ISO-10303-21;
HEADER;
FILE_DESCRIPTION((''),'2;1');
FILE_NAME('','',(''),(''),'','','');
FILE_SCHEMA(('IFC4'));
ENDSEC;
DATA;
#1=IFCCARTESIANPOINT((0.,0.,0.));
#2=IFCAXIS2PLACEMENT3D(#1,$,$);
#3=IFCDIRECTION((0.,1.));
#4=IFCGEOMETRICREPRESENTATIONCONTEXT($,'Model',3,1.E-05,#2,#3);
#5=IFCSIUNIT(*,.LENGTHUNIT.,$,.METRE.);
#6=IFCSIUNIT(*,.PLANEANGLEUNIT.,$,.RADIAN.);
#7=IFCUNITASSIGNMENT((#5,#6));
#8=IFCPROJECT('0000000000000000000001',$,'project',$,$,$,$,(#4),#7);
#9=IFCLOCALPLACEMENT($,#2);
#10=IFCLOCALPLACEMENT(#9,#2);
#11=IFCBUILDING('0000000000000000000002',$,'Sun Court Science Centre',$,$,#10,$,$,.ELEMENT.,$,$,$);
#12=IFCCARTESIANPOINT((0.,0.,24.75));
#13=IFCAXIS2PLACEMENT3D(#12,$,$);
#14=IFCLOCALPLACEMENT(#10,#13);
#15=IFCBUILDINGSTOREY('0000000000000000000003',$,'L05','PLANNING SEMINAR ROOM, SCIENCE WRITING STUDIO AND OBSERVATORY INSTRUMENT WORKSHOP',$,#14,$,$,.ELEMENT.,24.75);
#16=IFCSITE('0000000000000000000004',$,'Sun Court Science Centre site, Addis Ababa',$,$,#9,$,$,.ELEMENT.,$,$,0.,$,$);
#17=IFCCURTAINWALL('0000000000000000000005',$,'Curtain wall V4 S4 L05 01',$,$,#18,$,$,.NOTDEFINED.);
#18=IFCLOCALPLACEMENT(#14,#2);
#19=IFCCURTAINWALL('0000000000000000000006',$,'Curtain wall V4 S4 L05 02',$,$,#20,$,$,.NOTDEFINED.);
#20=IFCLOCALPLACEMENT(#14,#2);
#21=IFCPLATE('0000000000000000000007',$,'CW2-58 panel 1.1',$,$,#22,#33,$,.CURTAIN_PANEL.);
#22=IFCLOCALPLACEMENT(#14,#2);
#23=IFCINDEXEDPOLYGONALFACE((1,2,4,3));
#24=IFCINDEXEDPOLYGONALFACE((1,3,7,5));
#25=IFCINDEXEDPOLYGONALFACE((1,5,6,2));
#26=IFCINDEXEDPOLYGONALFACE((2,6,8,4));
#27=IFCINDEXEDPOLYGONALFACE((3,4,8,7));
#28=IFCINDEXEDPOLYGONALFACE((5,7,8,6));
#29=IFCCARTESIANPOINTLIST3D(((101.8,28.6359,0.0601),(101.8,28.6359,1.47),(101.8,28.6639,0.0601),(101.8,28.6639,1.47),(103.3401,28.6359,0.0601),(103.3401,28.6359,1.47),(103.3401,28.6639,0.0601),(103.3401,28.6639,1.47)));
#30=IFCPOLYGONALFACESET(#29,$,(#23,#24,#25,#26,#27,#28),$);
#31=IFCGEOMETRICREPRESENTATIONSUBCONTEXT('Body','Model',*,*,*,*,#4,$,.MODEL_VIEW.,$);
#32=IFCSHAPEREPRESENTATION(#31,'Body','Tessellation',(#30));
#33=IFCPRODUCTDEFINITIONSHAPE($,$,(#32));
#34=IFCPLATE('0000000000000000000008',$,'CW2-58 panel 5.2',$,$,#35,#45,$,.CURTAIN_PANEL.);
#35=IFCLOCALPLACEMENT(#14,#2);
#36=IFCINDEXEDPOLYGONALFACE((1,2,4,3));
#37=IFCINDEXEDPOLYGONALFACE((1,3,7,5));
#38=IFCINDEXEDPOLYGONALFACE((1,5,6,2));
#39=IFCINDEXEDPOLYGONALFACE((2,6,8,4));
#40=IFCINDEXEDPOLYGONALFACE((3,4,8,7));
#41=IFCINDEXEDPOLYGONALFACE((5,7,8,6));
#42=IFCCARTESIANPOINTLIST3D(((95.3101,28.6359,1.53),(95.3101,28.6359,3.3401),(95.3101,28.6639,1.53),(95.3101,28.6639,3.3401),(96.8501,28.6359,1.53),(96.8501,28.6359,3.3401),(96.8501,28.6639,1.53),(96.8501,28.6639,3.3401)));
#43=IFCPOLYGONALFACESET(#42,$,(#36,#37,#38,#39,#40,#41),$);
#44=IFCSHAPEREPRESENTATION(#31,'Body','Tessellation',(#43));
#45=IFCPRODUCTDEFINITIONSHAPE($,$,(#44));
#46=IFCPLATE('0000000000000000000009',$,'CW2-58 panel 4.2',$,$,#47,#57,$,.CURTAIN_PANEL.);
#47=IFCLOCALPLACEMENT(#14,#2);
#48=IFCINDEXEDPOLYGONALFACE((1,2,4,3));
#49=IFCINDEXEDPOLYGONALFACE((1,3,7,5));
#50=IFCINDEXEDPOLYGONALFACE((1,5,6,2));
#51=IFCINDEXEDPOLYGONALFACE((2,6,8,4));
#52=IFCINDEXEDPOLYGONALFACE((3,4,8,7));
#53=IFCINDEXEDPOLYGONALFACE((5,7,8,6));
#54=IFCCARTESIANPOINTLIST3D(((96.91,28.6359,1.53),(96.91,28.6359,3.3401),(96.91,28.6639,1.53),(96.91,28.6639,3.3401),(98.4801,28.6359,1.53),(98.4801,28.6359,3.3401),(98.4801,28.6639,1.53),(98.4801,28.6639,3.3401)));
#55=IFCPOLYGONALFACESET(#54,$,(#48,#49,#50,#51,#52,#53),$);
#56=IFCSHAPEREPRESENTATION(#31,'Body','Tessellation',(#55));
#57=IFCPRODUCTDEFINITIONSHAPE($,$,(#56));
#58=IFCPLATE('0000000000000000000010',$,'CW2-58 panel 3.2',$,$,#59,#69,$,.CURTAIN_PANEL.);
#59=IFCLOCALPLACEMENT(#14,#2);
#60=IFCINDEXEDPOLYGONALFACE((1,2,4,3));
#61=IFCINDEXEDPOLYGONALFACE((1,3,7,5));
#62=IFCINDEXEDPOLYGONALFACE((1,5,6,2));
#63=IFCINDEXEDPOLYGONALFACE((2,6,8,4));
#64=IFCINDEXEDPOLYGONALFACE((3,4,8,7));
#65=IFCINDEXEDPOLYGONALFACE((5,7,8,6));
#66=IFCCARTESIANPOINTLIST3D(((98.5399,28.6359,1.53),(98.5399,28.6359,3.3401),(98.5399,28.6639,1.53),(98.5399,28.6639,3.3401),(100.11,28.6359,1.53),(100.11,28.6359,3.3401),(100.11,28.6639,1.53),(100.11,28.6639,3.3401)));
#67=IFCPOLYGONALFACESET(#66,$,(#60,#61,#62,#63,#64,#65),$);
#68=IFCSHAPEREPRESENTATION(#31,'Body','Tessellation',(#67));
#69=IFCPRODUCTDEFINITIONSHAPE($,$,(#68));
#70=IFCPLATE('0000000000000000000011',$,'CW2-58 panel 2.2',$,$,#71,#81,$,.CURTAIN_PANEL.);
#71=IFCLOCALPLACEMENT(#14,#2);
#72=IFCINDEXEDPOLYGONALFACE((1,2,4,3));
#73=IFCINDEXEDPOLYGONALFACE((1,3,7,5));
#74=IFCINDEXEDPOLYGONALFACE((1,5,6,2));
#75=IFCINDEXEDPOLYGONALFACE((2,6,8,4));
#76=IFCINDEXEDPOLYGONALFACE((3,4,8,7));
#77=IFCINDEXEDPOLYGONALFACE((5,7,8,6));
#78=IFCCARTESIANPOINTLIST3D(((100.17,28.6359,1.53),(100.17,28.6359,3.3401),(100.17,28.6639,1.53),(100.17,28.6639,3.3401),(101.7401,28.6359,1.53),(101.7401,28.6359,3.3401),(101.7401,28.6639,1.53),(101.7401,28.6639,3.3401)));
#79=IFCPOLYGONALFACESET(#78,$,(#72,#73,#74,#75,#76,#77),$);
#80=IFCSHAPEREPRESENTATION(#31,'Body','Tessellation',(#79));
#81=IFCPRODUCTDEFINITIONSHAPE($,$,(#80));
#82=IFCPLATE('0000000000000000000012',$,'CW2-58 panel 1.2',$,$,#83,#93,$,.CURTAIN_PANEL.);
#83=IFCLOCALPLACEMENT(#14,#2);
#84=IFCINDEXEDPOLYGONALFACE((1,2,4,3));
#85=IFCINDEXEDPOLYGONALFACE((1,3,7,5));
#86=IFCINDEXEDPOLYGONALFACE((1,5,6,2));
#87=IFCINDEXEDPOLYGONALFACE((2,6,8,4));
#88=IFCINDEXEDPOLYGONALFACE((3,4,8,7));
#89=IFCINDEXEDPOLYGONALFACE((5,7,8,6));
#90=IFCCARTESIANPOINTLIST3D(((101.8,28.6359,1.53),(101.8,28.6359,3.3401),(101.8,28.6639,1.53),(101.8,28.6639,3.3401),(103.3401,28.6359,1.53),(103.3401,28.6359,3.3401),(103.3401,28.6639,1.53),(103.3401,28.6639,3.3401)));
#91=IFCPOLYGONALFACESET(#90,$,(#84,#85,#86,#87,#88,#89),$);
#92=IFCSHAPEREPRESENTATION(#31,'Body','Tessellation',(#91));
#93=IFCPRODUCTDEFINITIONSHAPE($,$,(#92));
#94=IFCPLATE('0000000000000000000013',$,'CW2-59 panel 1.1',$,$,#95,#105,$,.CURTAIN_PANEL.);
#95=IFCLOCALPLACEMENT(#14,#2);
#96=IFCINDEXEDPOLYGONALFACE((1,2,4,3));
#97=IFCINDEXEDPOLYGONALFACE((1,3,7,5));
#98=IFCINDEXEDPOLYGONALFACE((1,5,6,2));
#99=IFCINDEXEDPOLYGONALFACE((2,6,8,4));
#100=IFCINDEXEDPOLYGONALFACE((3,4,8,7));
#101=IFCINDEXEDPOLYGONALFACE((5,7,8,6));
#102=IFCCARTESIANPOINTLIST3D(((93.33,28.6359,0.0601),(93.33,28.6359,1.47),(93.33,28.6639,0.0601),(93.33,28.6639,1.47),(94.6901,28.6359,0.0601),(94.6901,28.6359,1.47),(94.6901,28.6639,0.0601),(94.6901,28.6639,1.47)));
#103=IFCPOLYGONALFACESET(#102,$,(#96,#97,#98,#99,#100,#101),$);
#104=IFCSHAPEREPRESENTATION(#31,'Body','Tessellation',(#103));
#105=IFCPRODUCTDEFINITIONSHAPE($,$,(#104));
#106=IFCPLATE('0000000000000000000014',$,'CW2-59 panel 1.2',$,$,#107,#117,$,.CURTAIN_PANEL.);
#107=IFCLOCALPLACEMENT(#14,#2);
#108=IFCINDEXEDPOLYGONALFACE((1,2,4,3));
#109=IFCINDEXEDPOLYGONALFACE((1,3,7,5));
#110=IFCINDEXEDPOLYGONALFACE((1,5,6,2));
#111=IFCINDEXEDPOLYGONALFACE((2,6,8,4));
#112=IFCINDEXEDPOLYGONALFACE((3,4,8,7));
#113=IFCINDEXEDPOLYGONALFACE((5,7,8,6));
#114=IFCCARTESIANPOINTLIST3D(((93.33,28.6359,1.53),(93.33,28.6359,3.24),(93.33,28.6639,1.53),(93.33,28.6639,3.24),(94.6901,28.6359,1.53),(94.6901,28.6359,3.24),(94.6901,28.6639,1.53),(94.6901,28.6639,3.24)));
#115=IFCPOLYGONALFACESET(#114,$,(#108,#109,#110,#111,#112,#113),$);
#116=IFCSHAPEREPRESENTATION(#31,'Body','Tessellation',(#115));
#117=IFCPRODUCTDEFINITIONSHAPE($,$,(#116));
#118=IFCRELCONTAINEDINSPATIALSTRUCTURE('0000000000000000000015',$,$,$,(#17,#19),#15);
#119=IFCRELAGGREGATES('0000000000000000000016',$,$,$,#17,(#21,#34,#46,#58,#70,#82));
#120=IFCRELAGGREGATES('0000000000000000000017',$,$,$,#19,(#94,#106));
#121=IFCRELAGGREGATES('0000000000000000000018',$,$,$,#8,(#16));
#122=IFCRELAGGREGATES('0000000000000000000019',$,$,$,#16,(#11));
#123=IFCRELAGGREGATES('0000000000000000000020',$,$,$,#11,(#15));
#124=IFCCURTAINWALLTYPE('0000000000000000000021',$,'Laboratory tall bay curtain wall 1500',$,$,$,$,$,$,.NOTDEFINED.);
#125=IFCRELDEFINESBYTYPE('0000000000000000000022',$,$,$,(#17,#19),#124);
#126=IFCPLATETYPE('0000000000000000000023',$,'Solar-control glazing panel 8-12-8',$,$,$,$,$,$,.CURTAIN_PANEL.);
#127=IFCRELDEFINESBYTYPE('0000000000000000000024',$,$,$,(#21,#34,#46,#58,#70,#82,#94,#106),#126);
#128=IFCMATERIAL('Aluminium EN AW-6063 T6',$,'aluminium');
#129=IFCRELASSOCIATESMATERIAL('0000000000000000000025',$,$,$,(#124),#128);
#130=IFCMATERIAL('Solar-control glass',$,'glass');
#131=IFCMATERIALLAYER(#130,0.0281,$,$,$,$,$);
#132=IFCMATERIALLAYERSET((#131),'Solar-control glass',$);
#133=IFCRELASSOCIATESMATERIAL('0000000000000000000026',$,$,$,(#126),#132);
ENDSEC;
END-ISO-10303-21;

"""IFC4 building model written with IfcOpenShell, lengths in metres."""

from ifc_helpers import new_model, si_unit, direction, frame, origin, origin_2d, place, context, subcontext, project, spatial, rectangle, extrude, material, layer, layer_set, type_object, element, aggregate, save


model = new_model("IFC4")

# Units and contexts
model_context = context("Model", 3, precision=1e-05, world=origin(), true_north=direction((0.0, 1.0)))
body_context = subcontext(model_context, "Body", "Model", "MODEL_VIEW")
ifc_project = project(units=[si_unit("LENGTHUNIT", "METRE"), si_unit("PLANEANGLEUNIT", "RADIAN")], contexts=[model_context])

# Site, building, storey
site_placement = place(None, origin())
site = spatial("IfcSite", under=ifc_project, at=site_placement, Name="Sun Court Science Centre site, Addis Ababa", CompositionType="ELEMENT", RefElevation=0.0)
building_placement = place(site_placement, origin())
building = spatial("IfcBuilding", under=site, at=building_placement, Name="Sun Court Science Centre", CompositionType="ELEMENT")
storey_placement = place(building_placement, frame((0.0, 0.0, 24.75)))
storey = spatial("IfcBuildingStorey", under=building, at=storey_placement, Name="L05", Description="PLANNING SEMINAR ROOM, SCIENCE WRITING STUDIO AND OBSERVATORY INSTRUMENT WORKSHOP", CompositionType="ELEMENT", Elevation=24.75)

# Curtain walls
ifc_material_1 = material(Name="Aluminium EN AW-6063 T6", Category="aluminium")
curtain_wall_type = type_object("IfcCurtainWallType", Name="Laboratory tall bay curtain wall 1500", PredefinedType="NOTDEFINED", material=ifc_material_1)
curtain_wall_1_placement = place(storey_placement, origin())
curtain_wall_1 = element("IfcCurtainWall", 1, at=curtain_wall_1_placement, inside=storey, type_object=curtain_wall_type, Name="Curtain wall V4 S4 L05 01", PredefinedType="NOTDEFINED")
curtain_wall_2_placement = place(storey_placement, origin())
curtain_wall_2 = element("IfcCurtainWall", 2, at=curtain_wall_2_placement, inside=storey, type_object=curtain_wall_type, Name="Curtain wall V4 S4 L05 02", PredefinedType="NOTDEFINED")

# Plates
ifc_material_2 = material(Name="Solar-control glass", Category="glass")
ifc_layer = layer(ifc_material_2, 0.0281)
ifc_layer_set = layer_set([ifc_layer], Name="Solar-control glass")
plate_type = type_object("IfcPlateType", Name="Solar-control glazing panel 8-12-8", PredefinedType="CURTAIN_PANEL", material=ifc_layer_set)
plate_1_placement = place(storey_placement, frame((102.5701, 28.6499, 0.0601), z_axis=(0.0, 0.0, 1.0), x_axis=(-1.0, 0.0, 0.0)))
plate_1 = element("IfcPlate", 3, at=plate_1_placement, type_object=plate_type, Name="CW2-58 panel 1.1", PredefinedType="CURTAIN_PANEL", context=body_context, shape_type="SweptSolid", body=[
    extrude(rectangle(XDim=1.54, YDim=0.0281, at=origin_2d()), origin(), (0.0, 0.0, 1.0), 1.4099),
])
plate_2_placement = place(storey_placement, frame((96.0801, 28.6499, 1.53), z_axis=(0.0, 0.0, 1.0), x_axis=(-1.0, 0.0, 0.0)))
plate_2 = element("IfcPlate", 4, at=plate_2_placement, type_object=plate_type, Name="CW2-58 panel 5.2", PredefinedType="CURTAIN_PANEL", context=body_context, shape_type="SweptSolid", body=[
    extrude(rectangle(XDim=1.54, YDim=0.0281, at=origin_2d()), origin(), (0.0, 0.0, 1.0), 1.8101),
])
plate_3_placement = place(storey_placement, frame((97.6951, 28.6499, 1.53), z_axis=(0.0, 0.0, 1.0), x_axis=(-1.0, 0.0, 0.0)))
plate_3 = element("IfcPlate", 5, at=plate_3_placement, type_object=plate_type, Name="CW2-58 panel 4.2", PredefinedType="CURTAIN_PANEL", context=body_context, shape_type="SweptSolid", body=[
    extrude(rectangle(XDim=1.5701, YDim=0.0281, at=origin_2d()), origin(), (0.0, 0.0, 1.0), 1.8101),
])
plate_4_placement = place(storey_placement, frame((99.325, 28.6499, 1.53), z_axis=(0.0, 0.0, 1.0), x_axis=(-1.0, 0.0, 0.0)))
plate_4 = element("IfcPlate", 6, at=plate_4_placement, type_object=plate_type, Name="CW2-58 panel 3.2", PredefinedType="CURTAIN_PANEL", context=body_context, shape_type="SweptSolid", body=[
    extrude(rectangle(XDim=1.5701, YDim=0.0281, at=origin_2d()), origin(), (0.0, 0.0, 1.0), 1.8101),
])
plate_5_placement = place(storey_placement, frame((100.9551, 28.6499, 1.53), z_axis=(0.0, 0.0, 1.0), x_axis=(-1.0, 0.0, 0.0)))
plate_5 = element("IfcPlate", 7, at=plate_5_placement, type_object=plate_type, Name="CW2-58 panel 2.2", PredefinedType="CURTAIN_PANEL", context=body_context, shape_type="SweptSolid", body=[
    extrude(rectangle(XDim=1.5701, YDim=0.0281, at=origin_2d()), origin(), (0.0, 0.0, 1.0), 1.8101),
])
plate_6_placement = place(storey_placement, frame((102.5701, 28.6499, 1.53), z_axis=(0.0, 0.0, 1.0), x_axis=(-1.0, 0.0, 0.0)))
plate_6 = element("IfcPlate", 8, at=plate_6_placement, type_object=plate_type, Name="CW2-58 panel 1.2", PredefinedType="CURTAIN_PANEL", context=body_context, shape_type="SweptSolid", body=[
    extrude(rectangle(XDim=1.54, YDim=0.0281, at=origin_2d()), origin(), (0.0, 0.0, 1.0), 1.8101),
])
aggregate(curtain_wall_1, [plate_1, plate_2, plate_3, plate_4, plate_5, plate_6])
plate_7_placement = place(storey_placement, frame((94.01, 28.6499, 0.0601), z_axis=(0.0, 0.0, 1.0), x_axis=(-1.0, 0.0, 0.0)))
plate_7 = element("IfcPlate", 9, at=plate_7_placement, type_object=plate_type, Name="CW2-59 panel 1.1", PredefinedType="CURTAIN_PANEL", context=body_context, shape_type="SweptSolid", body=[
    extrude(rectangle(XDim=1.3601, YDim=0.0281, at=origin_2d()), origin(), (0.0, 0.0, 1.0), 1.4099),
])
plate_8_placement = place(storey_placement, frame((94.01, 28.6499, 1.53), z_axis=(0.0, 0.0, 1.0), x_axis=(-1.0, 0.0, 0.0)))
plate_8 = element("IfcPlate", 10, at=plate_8_placement, type_object=plate_type, Name="CW2-59 panel 1.2", PredefinedType="CURTAIN_PANEL", context=body_context, shape_type="SweptSolid", body=[
    extrude(rectangle(XDim=1.3601, YDim=0.0281, at=origin_2d()), origin(), (0.0, 0.0, 1.0), 1.71),
])
aggregate(curtain_wall_2, [plate_7, plate_8])

save(model, "model.ifc")
